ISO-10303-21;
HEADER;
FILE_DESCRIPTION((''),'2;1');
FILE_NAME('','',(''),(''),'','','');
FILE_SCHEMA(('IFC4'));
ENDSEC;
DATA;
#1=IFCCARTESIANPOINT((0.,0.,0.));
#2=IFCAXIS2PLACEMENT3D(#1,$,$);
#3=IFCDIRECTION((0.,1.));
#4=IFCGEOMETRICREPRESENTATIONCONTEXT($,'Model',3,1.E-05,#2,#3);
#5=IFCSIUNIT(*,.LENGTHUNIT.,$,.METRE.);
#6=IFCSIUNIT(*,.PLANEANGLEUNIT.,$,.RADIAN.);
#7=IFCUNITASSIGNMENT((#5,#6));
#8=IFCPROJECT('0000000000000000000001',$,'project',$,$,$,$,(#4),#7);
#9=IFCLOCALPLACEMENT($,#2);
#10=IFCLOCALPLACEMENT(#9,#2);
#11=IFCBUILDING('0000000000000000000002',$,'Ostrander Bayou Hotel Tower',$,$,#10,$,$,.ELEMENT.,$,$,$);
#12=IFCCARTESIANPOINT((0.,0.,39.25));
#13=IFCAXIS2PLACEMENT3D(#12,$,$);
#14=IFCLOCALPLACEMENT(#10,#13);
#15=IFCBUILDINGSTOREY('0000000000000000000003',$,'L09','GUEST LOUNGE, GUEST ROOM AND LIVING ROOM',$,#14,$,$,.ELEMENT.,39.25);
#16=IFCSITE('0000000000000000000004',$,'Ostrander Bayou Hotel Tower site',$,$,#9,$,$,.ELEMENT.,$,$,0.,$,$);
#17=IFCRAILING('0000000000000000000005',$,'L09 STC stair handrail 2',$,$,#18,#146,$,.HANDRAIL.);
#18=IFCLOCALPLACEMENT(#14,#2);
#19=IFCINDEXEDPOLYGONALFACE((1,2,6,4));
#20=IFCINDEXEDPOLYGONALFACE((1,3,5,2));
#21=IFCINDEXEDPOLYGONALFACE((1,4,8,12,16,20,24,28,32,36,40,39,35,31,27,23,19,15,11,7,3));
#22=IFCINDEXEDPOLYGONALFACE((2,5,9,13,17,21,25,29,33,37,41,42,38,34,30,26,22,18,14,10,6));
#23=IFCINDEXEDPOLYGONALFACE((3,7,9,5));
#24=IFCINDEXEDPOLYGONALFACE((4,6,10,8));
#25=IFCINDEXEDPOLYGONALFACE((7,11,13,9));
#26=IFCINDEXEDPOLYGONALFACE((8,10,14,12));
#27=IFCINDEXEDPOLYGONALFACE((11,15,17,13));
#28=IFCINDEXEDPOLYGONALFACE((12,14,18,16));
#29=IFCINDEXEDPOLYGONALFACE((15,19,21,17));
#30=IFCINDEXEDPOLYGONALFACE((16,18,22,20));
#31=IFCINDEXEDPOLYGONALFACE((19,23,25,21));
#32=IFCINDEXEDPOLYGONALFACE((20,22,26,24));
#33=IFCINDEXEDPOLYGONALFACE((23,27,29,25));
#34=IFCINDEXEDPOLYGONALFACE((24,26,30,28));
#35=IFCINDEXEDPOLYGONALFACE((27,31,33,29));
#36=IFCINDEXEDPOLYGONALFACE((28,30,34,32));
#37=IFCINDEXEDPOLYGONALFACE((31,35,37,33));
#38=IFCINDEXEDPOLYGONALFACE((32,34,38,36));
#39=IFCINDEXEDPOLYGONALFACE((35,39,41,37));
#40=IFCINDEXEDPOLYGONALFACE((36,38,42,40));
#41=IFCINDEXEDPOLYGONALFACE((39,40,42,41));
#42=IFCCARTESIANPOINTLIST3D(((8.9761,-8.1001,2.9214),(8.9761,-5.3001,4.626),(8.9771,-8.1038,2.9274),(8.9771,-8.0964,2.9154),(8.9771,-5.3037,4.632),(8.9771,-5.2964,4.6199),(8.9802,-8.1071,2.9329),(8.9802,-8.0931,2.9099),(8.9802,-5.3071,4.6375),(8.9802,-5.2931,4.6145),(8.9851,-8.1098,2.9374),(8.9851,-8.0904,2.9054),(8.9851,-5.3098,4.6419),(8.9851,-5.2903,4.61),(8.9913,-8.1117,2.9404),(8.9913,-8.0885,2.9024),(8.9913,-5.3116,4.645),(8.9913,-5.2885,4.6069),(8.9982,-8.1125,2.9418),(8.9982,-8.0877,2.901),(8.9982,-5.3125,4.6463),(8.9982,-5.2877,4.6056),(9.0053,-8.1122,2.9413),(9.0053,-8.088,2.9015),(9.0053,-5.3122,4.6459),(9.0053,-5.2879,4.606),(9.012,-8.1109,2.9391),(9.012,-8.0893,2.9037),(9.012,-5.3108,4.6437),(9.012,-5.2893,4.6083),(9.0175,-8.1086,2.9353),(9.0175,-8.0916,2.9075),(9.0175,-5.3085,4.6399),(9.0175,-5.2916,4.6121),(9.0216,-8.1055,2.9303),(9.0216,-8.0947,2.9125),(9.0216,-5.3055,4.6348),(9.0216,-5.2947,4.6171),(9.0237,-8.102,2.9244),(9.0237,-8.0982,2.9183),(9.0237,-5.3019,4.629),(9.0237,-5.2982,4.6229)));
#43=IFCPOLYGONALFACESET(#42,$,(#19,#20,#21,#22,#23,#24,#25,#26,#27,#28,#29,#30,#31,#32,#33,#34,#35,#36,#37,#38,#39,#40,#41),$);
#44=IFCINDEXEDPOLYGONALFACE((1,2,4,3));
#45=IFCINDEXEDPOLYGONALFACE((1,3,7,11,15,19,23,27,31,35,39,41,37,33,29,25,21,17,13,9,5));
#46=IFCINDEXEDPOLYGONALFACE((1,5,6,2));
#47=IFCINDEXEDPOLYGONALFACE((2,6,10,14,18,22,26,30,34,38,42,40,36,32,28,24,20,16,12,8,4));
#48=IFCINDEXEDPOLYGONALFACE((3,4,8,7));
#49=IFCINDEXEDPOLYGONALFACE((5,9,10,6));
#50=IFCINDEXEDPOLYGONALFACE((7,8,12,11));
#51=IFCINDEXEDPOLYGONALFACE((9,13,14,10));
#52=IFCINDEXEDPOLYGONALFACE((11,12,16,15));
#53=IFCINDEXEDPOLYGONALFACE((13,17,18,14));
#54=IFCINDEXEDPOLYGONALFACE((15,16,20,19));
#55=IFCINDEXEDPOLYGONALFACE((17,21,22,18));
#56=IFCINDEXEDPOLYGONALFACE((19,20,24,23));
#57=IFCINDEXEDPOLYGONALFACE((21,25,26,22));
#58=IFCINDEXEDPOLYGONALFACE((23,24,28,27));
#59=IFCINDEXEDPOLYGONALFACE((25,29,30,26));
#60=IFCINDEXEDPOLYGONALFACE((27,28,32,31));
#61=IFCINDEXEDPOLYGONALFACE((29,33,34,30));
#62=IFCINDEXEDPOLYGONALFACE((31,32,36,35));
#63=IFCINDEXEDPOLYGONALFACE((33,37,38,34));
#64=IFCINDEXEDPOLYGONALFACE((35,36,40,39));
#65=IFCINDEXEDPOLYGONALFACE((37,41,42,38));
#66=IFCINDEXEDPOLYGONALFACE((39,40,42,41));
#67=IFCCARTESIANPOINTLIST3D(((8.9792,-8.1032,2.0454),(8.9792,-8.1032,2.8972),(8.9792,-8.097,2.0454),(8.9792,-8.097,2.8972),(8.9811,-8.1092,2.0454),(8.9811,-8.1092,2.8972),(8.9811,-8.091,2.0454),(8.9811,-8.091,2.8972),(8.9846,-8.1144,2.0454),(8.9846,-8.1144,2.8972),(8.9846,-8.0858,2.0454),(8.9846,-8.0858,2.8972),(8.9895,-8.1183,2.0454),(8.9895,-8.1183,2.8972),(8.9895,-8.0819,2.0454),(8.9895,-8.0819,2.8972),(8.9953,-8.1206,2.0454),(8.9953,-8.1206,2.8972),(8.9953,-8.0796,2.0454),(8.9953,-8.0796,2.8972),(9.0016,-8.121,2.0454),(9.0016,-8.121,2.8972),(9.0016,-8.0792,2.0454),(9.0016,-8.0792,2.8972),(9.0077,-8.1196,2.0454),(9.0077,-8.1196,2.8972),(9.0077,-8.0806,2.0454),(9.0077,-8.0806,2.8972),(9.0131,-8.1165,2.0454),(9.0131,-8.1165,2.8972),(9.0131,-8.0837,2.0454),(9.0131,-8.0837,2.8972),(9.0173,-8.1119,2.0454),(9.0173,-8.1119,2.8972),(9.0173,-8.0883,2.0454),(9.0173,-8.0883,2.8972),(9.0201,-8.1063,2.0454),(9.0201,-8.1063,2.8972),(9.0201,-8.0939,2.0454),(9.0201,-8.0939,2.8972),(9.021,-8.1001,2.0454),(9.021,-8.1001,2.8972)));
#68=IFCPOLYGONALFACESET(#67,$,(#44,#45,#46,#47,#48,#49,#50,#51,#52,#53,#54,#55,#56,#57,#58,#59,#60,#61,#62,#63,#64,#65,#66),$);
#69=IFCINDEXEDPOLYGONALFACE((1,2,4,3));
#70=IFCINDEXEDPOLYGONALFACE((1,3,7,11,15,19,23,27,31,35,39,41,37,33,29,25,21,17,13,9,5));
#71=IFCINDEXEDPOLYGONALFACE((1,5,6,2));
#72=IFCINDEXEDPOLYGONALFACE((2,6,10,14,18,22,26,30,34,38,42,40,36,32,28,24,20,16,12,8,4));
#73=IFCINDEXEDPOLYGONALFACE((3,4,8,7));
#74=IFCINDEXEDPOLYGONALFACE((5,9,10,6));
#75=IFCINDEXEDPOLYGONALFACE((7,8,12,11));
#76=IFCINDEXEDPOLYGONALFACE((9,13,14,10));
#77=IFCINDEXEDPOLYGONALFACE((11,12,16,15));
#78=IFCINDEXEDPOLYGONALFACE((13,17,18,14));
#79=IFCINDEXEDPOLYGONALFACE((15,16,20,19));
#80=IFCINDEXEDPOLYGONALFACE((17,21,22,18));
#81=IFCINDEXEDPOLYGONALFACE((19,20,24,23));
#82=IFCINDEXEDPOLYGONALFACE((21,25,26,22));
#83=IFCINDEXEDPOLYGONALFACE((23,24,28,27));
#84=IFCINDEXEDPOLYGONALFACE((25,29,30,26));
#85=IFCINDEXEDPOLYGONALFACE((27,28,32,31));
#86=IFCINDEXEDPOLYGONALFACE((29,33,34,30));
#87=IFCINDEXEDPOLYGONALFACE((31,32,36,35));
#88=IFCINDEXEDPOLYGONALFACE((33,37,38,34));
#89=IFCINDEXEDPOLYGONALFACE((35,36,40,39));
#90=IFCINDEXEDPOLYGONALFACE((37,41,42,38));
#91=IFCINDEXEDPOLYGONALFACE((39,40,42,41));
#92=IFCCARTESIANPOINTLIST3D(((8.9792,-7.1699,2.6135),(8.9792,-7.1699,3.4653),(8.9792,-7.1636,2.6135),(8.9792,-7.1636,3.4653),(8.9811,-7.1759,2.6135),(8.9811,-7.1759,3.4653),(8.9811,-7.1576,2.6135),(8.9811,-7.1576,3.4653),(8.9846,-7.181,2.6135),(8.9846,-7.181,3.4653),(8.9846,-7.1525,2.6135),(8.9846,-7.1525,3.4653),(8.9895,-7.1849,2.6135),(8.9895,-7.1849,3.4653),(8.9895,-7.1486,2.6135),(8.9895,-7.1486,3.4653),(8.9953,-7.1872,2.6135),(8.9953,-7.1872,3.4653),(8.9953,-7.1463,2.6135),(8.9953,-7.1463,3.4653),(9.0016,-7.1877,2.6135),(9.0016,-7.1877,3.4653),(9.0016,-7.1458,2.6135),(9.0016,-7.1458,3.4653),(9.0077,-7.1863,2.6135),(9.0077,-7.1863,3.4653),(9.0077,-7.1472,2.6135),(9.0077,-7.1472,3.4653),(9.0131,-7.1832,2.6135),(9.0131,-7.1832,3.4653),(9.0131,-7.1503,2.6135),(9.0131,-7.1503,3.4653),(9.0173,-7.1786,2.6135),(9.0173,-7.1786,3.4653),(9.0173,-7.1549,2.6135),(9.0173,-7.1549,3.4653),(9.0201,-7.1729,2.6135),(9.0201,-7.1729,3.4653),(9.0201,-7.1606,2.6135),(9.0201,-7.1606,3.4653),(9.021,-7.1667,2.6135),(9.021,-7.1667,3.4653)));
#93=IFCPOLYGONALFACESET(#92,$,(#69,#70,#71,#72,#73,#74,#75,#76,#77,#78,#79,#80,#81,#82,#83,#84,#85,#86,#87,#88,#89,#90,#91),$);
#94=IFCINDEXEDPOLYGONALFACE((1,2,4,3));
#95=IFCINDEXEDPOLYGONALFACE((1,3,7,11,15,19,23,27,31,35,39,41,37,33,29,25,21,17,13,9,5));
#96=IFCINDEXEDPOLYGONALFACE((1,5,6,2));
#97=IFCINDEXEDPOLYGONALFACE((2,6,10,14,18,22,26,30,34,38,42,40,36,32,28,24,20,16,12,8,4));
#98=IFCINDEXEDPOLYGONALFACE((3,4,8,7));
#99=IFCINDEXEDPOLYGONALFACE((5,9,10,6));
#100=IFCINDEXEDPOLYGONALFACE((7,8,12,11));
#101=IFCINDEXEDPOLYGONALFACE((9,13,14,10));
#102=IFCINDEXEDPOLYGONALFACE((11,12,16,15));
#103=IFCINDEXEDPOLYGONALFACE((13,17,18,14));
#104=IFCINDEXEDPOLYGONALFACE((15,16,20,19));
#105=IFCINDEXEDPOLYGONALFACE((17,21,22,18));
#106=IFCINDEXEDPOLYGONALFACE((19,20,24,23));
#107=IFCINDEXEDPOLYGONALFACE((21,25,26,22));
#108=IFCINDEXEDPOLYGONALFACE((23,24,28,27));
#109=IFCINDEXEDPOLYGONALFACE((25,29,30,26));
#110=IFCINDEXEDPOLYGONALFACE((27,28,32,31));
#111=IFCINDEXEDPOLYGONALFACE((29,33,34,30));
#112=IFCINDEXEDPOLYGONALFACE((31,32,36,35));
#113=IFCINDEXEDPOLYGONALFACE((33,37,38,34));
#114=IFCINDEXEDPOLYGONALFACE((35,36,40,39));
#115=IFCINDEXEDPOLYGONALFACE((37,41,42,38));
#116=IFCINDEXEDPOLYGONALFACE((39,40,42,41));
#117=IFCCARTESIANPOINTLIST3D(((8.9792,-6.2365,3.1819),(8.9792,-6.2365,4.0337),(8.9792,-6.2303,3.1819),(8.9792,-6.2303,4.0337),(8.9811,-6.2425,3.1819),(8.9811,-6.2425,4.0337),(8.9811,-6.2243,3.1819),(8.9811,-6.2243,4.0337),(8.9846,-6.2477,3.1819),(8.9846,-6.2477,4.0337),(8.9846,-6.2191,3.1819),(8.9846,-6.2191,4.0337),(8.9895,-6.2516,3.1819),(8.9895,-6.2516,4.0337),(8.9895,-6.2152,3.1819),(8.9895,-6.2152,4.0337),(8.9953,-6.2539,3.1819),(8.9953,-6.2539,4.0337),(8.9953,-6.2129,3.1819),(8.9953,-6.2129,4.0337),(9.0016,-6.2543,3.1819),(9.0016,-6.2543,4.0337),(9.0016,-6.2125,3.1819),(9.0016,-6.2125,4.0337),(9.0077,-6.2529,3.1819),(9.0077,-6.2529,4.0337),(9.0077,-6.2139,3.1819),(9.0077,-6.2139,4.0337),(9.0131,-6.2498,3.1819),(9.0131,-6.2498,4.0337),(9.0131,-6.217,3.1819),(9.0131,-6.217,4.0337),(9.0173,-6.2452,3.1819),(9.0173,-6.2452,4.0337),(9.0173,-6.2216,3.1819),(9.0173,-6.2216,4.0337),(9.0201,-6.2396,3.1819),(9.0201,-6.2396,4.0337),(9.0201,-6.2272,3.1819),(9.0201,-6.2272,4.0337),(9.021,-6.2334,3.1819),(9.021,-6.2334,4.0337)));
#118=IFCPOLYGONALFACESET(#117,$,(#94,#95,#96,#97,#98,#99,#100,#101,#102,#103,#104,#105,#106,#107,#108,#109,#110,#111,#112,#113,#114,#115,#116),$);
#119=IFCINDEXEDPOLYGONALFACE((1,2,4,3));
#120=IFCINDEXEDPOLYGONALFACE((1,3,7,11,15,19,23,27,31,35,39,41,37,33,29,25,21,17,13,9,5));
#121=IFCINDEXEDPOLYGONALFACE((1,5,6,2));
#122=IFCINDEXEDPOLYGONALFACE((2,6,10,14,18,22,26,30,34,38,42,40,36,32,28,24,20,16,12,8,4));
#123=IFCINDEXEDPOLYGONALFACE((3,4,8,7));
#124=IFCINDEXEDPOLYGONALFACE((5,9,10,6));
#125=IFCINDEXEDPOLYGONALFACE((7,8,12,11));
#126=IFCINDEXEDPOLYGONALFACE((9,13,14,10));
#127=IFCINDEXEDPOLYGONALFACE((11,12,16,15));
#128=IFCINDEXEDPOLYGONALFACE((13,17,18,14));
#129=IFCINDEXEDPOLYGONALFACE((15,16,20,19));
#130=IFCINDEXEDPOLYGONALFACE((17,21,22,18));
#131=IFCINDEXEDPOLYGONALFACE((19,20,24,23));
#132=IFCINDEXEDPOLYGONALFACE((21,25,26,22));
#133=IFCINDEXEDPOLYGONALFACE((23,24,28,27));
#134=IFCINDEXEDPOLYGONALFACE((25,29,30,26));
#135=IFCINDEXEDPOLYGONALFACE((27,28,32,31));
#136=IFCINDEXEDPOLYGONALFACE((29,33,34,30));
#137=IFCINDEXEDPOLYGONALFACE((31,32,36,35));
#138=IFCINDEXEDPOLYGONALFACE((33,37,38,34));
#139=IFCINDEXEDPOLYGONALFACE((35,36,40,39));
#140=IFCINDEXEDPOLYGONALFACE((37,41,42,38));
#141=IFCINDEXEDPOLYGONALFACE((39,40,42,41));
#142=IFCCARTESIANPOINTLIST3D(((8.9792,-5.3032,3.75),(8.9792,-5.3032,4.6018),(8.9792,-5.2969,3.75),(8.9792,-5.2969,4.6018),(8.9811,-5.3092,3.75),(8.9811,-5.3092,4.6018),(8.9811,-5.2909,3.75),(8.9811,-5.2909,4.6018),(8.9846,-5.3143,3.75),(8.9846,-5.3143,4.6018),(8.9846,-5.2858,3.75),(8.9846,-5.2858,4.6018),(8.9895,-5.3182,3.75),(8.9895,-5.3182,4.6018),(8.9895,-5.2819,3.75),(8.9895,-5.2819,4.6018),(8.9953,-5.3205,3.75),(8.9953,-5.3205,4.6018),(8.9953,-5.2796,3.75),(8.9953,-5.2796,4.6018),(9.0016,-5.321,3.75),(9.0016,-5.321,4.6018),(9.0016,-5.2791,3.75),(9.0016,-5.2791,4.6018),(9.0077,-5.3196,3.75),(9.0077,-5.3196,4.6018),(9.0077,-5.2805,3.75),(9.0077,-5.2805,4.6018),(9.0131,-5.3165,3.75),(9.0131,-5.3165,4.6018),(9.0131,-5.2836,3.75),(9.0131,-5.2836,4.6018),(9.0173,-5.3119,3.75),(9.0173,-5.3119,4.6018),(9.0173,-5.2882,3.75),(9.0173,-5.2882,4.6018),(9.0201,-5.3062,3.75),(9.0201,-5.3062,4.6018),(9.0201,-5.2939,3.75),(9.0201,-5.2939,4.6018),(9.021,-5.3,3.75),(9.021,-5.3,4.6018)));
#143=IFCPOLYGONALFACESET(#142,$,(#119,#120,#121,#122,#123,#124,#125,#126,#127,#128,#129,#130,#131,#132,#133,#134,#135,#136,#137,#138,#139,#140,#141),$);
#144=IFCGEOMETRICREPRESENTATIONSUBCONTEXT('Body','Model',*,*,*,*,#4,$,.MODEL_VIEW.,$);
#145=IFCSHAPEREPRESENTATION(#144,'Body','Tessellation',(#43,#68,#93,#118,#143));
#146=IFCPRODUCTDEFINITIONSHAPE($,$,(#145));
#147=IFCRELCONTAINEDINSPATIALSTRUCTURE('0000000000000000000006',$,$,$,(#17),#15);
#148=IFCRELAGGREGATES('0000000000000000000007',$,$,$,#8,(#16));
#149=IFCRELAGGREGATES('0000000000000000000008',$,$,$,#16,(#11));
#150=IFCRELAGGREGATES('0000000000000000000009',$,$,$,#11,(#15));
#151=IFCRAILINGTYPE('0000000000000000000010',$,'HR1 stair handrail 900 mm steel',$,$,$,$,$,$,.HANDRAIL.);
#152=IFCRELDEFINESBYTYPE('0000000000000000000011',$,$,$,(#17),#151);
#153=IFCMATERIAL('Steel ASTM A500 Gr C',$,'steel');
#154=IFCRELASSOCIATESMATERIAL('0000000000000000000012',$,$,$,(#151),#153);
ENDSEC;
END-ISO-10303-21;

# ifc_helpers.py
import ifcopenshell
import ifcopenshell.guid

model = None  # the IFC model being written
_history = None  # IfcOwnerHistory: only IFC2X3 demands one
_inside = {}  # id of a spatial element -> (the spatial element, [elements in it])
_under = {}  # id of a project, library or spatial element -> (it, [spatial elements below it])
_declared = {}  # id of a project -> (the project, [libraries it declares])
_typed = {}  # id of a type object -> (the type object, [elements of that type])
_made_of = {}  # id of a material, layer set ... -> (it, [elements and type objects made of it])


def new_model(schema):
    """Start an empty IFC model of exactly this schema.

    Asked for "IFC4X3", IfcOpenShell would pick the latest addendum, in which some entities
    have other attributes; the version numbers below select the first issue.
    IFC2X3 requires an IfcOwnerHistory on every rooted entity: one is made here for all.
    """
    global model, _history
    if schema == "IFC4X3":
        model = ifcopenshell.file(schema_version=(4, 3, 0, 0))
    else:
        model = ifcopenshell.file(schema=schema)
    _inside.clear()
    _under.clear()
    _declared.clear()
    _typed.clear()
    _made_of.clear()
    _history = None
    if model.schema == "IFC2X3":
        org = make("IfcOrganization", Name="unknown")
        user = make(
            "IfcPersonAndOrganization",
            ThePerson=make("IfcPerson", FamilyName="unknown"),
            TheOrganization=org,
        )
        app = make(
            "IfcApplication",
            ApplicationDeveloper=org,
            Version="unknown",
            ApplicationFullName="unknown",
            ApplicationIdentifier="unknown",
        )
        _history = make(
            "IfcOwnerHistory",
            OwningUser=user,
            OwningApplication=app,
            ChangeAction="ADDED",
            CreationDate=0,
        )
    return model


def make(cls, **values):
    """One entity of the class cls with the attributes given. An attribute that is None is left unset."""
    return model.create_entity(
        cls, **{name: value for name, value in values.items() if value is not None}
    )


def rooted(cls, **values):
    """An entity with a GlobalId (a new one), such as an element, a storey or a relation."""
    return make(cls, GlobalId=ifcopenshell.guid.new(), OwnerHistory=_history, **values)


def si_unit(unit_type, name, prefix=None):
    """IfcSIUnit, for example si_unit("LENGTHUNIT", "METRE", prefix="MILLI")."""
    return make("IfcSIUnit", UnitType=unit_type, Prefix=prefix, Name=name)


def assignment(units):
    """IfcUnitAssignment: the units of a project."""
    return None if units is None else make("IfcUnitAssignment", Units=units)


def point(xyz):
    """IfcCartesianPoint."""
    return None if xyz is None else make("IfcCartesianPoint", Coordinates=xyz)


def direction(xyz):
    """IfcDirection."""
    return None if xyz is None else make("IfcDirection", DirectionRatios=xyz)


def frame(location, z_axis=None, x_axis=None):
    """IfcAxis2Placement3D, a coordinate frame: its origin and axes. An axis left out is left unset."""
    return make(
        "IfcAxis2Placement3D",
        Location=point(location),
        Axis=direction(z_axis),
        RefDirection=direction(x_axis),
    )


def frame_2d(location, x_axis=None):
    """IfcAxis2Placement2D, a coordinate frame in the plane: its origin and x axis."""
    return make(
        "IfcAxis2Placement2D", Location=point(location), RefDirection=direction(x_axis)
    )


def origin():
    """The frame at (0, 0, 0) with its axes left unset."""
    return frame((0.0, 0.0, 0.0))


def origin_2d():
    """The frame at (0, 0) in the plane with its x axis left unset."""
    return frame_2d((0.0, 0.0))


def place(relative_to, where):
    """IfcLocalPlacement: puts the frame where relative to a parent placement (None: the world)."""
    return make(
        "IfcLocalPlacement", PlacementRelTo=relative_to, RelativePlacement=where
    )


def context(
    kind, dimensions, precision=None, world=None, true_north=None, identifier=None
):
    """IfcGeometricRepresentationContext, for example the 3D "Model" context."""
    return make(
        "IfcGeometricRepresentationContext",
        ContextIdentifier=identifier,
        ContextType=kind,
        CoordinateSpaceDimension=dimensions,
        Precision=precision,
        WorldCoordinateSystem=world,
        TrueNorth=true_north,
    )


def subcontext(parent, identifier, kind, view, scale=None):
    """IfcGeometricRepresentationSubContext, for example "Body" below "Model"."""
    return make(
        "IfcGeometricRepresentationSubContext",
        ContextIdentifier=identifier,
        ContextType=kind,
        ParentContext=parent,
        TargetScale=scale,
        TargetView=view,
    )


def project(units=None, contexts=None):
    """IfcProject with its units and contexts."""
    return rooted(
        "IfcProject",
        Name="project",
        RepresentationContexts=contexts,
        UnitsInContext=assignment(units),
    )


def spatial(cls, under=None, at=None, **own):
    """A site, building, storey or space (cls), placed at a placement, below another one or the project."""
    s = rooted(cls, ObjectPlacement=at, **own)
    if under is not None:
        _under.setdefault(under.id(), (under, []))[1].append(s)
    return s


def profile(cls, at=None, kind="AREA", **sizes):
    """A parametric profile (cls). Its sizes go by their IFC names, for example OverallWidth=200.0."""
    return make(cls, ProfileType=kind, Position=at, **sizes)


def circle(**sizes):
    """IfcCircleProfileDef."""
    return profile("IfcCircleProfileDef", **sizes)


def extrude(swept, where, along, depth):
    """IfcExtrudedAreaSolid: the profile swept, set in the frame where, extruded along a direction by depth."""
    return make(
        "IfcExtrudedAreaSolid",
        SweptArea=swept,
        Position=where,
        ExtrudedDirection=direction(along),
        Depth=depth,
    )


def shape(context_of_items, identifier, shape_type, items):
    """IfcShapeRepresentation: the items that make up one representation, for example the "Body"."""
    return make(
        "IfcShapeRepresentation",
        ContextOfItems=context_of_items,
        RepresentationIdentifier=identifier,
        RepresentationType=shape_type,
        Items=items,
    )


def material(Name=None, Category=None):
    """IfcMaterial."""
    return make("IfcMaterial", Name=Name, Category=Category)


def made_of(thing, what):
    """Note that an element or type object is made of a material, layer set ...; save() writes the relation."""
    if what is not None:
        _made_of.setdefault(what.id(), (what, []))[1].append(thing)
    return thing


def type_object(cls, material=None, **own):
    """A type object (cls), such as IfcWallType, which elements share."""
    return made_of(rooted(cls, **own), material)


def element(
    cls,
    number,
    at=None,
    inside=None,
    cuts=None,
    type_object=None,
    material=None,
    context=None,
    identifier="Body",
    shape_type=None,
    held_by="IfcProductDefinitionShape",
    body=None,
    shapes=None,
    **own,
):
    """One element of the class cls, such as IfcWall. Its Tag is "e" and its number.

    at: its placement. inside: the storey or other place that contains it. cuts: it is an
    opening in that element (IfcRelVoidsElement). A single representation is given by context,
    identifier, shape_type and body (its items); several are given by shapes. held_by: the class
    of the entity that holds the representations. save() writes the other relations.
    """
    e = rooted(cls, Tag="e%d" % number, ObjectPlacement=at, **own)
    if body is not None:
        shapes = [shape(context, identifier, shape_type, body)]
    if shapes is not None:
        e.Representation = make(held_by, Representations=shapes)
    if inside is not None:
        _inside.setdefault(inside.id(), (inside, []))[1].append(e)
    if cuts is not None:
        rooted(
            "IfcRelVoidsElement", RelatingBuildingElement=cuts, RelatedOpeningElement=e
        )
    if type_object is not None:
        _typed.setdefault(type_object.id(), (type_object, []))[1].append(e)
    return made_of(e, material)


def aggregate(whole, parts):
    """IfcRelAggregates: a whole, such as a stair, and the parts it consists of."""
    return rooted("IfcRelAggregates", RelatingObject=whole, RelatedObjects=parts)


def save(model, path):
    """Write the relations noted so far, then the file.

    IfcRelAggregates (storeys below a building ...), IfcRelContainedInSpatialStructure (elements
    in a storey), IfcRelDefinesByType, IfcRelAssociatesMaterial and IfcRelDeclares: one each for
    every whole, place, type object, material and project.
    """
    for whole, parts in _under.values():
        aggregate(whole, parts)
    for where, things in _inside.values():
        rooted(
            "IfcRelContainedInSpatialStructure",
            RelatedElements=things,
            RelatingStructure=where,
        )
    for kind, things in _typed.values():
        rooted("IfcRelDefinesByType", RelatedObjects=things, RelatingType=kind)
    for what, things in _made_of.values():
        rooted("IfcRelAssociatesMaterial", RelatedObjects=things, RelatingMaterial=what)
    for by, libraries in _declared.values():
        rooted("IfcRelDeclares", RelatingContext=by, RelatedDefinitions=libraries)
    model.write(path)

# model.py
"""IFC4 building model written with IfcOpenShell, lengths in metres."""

from ifc_helpers import new_model, si_unit, direction, frame, origin, origin_2d, place, context, subcontext, project, spatial, circle, extrude, material, type_object, element, save


model = new_model("IFC4")

# Units and contexts
model_context = context("Model", 3, precision=1e-05, world=origin(), true_north=direction((0.0, 1.0)))
body_context = subcontext(model_context, "Body", "Model", "MODEL_VIEW")
ifc_project = project(units=[si_unit("LENGTHUNIT", "METRE"), si_unit("PLANEANGLEUNIT", "RADIAN")], contexts=[model_context])

# Site, building, storey
site_placement = place(None, origin())
site = spatial("IfcSite", under=ifc_project, at=site_placement, Name="Ostrander Bayou Hotel Tower site", CompositionType="ELEMENT", RefElevation=0.0)
building_placement = place(site_placement, origin())
building = spatial("IfcBuilding", under=site, at=building_placement, Name="Ostrander Bayou Hotel Tower", CompositionType="ELEMENT")
storey_placement = place(building_placement, frame((0.0, 0.0, 39.25)))
storey = spatial("IfcBuildingStorey", under=building, at=storey_placement, Name="L09", Description="GUEST LOUNGE, GUEST ROOM AND LIVING ROOM", CompositionType="ELEMENT", Elevation=39.25)

# Railing
ifc_material_1 = material(Name="Steel ASTM A500 Gr C", Category="steel")
railing_type_1 = type_object("IfcRailingType", Name="HR1 stair handrail 900 mm steel", PredefinedType="HANDRAIL", material=ifc_material_1)
railing_1_placement = place(storey_placement, frame((9.0, -8.1001, 2.0454)))
element("IfcRailing", 1, at=railing_1_placement, inside=storey, type_object=railing_type_1, Name="L09 STC stair handrail 2", PredefinedType="HANDRAIL", context=body_context, shape_type="SweptSolid", body=[
    extrude(circle(Radius=0.0239, at=origin_2d()), frame((0.0, 0.0, 0.876), z_axis=(0.0, 0.85417, 0.519994), x_axis=(-1.0, 0.0, 0.0)), (0.0, 0.0, 1.0), 3.2781),
    extrude(circle(Radius=0.021, at=origin_2d()), origin(), (0.0, 0.0, 1.0), 0.8518),
    extrude(circle(Radius=0.021, at=origin_2d()), frame((0.0, 0.9333, 0.5681)), (0.0, 0.0, 1.0), 0.8518),
    extrude(circle(Radius=0.021, at=origin_2d()), frame((0.0, 1.8667, 1.1365)), (0.0, 0.0, 1.0), 0.8518),
    extrude(circle(Radius=0.021, at=origin_2d()), frame((0.0, 2.8, 1.7046)), (0.0, 0.0, 1.0), 0.8518),
])

save(model, "model.ifc")
